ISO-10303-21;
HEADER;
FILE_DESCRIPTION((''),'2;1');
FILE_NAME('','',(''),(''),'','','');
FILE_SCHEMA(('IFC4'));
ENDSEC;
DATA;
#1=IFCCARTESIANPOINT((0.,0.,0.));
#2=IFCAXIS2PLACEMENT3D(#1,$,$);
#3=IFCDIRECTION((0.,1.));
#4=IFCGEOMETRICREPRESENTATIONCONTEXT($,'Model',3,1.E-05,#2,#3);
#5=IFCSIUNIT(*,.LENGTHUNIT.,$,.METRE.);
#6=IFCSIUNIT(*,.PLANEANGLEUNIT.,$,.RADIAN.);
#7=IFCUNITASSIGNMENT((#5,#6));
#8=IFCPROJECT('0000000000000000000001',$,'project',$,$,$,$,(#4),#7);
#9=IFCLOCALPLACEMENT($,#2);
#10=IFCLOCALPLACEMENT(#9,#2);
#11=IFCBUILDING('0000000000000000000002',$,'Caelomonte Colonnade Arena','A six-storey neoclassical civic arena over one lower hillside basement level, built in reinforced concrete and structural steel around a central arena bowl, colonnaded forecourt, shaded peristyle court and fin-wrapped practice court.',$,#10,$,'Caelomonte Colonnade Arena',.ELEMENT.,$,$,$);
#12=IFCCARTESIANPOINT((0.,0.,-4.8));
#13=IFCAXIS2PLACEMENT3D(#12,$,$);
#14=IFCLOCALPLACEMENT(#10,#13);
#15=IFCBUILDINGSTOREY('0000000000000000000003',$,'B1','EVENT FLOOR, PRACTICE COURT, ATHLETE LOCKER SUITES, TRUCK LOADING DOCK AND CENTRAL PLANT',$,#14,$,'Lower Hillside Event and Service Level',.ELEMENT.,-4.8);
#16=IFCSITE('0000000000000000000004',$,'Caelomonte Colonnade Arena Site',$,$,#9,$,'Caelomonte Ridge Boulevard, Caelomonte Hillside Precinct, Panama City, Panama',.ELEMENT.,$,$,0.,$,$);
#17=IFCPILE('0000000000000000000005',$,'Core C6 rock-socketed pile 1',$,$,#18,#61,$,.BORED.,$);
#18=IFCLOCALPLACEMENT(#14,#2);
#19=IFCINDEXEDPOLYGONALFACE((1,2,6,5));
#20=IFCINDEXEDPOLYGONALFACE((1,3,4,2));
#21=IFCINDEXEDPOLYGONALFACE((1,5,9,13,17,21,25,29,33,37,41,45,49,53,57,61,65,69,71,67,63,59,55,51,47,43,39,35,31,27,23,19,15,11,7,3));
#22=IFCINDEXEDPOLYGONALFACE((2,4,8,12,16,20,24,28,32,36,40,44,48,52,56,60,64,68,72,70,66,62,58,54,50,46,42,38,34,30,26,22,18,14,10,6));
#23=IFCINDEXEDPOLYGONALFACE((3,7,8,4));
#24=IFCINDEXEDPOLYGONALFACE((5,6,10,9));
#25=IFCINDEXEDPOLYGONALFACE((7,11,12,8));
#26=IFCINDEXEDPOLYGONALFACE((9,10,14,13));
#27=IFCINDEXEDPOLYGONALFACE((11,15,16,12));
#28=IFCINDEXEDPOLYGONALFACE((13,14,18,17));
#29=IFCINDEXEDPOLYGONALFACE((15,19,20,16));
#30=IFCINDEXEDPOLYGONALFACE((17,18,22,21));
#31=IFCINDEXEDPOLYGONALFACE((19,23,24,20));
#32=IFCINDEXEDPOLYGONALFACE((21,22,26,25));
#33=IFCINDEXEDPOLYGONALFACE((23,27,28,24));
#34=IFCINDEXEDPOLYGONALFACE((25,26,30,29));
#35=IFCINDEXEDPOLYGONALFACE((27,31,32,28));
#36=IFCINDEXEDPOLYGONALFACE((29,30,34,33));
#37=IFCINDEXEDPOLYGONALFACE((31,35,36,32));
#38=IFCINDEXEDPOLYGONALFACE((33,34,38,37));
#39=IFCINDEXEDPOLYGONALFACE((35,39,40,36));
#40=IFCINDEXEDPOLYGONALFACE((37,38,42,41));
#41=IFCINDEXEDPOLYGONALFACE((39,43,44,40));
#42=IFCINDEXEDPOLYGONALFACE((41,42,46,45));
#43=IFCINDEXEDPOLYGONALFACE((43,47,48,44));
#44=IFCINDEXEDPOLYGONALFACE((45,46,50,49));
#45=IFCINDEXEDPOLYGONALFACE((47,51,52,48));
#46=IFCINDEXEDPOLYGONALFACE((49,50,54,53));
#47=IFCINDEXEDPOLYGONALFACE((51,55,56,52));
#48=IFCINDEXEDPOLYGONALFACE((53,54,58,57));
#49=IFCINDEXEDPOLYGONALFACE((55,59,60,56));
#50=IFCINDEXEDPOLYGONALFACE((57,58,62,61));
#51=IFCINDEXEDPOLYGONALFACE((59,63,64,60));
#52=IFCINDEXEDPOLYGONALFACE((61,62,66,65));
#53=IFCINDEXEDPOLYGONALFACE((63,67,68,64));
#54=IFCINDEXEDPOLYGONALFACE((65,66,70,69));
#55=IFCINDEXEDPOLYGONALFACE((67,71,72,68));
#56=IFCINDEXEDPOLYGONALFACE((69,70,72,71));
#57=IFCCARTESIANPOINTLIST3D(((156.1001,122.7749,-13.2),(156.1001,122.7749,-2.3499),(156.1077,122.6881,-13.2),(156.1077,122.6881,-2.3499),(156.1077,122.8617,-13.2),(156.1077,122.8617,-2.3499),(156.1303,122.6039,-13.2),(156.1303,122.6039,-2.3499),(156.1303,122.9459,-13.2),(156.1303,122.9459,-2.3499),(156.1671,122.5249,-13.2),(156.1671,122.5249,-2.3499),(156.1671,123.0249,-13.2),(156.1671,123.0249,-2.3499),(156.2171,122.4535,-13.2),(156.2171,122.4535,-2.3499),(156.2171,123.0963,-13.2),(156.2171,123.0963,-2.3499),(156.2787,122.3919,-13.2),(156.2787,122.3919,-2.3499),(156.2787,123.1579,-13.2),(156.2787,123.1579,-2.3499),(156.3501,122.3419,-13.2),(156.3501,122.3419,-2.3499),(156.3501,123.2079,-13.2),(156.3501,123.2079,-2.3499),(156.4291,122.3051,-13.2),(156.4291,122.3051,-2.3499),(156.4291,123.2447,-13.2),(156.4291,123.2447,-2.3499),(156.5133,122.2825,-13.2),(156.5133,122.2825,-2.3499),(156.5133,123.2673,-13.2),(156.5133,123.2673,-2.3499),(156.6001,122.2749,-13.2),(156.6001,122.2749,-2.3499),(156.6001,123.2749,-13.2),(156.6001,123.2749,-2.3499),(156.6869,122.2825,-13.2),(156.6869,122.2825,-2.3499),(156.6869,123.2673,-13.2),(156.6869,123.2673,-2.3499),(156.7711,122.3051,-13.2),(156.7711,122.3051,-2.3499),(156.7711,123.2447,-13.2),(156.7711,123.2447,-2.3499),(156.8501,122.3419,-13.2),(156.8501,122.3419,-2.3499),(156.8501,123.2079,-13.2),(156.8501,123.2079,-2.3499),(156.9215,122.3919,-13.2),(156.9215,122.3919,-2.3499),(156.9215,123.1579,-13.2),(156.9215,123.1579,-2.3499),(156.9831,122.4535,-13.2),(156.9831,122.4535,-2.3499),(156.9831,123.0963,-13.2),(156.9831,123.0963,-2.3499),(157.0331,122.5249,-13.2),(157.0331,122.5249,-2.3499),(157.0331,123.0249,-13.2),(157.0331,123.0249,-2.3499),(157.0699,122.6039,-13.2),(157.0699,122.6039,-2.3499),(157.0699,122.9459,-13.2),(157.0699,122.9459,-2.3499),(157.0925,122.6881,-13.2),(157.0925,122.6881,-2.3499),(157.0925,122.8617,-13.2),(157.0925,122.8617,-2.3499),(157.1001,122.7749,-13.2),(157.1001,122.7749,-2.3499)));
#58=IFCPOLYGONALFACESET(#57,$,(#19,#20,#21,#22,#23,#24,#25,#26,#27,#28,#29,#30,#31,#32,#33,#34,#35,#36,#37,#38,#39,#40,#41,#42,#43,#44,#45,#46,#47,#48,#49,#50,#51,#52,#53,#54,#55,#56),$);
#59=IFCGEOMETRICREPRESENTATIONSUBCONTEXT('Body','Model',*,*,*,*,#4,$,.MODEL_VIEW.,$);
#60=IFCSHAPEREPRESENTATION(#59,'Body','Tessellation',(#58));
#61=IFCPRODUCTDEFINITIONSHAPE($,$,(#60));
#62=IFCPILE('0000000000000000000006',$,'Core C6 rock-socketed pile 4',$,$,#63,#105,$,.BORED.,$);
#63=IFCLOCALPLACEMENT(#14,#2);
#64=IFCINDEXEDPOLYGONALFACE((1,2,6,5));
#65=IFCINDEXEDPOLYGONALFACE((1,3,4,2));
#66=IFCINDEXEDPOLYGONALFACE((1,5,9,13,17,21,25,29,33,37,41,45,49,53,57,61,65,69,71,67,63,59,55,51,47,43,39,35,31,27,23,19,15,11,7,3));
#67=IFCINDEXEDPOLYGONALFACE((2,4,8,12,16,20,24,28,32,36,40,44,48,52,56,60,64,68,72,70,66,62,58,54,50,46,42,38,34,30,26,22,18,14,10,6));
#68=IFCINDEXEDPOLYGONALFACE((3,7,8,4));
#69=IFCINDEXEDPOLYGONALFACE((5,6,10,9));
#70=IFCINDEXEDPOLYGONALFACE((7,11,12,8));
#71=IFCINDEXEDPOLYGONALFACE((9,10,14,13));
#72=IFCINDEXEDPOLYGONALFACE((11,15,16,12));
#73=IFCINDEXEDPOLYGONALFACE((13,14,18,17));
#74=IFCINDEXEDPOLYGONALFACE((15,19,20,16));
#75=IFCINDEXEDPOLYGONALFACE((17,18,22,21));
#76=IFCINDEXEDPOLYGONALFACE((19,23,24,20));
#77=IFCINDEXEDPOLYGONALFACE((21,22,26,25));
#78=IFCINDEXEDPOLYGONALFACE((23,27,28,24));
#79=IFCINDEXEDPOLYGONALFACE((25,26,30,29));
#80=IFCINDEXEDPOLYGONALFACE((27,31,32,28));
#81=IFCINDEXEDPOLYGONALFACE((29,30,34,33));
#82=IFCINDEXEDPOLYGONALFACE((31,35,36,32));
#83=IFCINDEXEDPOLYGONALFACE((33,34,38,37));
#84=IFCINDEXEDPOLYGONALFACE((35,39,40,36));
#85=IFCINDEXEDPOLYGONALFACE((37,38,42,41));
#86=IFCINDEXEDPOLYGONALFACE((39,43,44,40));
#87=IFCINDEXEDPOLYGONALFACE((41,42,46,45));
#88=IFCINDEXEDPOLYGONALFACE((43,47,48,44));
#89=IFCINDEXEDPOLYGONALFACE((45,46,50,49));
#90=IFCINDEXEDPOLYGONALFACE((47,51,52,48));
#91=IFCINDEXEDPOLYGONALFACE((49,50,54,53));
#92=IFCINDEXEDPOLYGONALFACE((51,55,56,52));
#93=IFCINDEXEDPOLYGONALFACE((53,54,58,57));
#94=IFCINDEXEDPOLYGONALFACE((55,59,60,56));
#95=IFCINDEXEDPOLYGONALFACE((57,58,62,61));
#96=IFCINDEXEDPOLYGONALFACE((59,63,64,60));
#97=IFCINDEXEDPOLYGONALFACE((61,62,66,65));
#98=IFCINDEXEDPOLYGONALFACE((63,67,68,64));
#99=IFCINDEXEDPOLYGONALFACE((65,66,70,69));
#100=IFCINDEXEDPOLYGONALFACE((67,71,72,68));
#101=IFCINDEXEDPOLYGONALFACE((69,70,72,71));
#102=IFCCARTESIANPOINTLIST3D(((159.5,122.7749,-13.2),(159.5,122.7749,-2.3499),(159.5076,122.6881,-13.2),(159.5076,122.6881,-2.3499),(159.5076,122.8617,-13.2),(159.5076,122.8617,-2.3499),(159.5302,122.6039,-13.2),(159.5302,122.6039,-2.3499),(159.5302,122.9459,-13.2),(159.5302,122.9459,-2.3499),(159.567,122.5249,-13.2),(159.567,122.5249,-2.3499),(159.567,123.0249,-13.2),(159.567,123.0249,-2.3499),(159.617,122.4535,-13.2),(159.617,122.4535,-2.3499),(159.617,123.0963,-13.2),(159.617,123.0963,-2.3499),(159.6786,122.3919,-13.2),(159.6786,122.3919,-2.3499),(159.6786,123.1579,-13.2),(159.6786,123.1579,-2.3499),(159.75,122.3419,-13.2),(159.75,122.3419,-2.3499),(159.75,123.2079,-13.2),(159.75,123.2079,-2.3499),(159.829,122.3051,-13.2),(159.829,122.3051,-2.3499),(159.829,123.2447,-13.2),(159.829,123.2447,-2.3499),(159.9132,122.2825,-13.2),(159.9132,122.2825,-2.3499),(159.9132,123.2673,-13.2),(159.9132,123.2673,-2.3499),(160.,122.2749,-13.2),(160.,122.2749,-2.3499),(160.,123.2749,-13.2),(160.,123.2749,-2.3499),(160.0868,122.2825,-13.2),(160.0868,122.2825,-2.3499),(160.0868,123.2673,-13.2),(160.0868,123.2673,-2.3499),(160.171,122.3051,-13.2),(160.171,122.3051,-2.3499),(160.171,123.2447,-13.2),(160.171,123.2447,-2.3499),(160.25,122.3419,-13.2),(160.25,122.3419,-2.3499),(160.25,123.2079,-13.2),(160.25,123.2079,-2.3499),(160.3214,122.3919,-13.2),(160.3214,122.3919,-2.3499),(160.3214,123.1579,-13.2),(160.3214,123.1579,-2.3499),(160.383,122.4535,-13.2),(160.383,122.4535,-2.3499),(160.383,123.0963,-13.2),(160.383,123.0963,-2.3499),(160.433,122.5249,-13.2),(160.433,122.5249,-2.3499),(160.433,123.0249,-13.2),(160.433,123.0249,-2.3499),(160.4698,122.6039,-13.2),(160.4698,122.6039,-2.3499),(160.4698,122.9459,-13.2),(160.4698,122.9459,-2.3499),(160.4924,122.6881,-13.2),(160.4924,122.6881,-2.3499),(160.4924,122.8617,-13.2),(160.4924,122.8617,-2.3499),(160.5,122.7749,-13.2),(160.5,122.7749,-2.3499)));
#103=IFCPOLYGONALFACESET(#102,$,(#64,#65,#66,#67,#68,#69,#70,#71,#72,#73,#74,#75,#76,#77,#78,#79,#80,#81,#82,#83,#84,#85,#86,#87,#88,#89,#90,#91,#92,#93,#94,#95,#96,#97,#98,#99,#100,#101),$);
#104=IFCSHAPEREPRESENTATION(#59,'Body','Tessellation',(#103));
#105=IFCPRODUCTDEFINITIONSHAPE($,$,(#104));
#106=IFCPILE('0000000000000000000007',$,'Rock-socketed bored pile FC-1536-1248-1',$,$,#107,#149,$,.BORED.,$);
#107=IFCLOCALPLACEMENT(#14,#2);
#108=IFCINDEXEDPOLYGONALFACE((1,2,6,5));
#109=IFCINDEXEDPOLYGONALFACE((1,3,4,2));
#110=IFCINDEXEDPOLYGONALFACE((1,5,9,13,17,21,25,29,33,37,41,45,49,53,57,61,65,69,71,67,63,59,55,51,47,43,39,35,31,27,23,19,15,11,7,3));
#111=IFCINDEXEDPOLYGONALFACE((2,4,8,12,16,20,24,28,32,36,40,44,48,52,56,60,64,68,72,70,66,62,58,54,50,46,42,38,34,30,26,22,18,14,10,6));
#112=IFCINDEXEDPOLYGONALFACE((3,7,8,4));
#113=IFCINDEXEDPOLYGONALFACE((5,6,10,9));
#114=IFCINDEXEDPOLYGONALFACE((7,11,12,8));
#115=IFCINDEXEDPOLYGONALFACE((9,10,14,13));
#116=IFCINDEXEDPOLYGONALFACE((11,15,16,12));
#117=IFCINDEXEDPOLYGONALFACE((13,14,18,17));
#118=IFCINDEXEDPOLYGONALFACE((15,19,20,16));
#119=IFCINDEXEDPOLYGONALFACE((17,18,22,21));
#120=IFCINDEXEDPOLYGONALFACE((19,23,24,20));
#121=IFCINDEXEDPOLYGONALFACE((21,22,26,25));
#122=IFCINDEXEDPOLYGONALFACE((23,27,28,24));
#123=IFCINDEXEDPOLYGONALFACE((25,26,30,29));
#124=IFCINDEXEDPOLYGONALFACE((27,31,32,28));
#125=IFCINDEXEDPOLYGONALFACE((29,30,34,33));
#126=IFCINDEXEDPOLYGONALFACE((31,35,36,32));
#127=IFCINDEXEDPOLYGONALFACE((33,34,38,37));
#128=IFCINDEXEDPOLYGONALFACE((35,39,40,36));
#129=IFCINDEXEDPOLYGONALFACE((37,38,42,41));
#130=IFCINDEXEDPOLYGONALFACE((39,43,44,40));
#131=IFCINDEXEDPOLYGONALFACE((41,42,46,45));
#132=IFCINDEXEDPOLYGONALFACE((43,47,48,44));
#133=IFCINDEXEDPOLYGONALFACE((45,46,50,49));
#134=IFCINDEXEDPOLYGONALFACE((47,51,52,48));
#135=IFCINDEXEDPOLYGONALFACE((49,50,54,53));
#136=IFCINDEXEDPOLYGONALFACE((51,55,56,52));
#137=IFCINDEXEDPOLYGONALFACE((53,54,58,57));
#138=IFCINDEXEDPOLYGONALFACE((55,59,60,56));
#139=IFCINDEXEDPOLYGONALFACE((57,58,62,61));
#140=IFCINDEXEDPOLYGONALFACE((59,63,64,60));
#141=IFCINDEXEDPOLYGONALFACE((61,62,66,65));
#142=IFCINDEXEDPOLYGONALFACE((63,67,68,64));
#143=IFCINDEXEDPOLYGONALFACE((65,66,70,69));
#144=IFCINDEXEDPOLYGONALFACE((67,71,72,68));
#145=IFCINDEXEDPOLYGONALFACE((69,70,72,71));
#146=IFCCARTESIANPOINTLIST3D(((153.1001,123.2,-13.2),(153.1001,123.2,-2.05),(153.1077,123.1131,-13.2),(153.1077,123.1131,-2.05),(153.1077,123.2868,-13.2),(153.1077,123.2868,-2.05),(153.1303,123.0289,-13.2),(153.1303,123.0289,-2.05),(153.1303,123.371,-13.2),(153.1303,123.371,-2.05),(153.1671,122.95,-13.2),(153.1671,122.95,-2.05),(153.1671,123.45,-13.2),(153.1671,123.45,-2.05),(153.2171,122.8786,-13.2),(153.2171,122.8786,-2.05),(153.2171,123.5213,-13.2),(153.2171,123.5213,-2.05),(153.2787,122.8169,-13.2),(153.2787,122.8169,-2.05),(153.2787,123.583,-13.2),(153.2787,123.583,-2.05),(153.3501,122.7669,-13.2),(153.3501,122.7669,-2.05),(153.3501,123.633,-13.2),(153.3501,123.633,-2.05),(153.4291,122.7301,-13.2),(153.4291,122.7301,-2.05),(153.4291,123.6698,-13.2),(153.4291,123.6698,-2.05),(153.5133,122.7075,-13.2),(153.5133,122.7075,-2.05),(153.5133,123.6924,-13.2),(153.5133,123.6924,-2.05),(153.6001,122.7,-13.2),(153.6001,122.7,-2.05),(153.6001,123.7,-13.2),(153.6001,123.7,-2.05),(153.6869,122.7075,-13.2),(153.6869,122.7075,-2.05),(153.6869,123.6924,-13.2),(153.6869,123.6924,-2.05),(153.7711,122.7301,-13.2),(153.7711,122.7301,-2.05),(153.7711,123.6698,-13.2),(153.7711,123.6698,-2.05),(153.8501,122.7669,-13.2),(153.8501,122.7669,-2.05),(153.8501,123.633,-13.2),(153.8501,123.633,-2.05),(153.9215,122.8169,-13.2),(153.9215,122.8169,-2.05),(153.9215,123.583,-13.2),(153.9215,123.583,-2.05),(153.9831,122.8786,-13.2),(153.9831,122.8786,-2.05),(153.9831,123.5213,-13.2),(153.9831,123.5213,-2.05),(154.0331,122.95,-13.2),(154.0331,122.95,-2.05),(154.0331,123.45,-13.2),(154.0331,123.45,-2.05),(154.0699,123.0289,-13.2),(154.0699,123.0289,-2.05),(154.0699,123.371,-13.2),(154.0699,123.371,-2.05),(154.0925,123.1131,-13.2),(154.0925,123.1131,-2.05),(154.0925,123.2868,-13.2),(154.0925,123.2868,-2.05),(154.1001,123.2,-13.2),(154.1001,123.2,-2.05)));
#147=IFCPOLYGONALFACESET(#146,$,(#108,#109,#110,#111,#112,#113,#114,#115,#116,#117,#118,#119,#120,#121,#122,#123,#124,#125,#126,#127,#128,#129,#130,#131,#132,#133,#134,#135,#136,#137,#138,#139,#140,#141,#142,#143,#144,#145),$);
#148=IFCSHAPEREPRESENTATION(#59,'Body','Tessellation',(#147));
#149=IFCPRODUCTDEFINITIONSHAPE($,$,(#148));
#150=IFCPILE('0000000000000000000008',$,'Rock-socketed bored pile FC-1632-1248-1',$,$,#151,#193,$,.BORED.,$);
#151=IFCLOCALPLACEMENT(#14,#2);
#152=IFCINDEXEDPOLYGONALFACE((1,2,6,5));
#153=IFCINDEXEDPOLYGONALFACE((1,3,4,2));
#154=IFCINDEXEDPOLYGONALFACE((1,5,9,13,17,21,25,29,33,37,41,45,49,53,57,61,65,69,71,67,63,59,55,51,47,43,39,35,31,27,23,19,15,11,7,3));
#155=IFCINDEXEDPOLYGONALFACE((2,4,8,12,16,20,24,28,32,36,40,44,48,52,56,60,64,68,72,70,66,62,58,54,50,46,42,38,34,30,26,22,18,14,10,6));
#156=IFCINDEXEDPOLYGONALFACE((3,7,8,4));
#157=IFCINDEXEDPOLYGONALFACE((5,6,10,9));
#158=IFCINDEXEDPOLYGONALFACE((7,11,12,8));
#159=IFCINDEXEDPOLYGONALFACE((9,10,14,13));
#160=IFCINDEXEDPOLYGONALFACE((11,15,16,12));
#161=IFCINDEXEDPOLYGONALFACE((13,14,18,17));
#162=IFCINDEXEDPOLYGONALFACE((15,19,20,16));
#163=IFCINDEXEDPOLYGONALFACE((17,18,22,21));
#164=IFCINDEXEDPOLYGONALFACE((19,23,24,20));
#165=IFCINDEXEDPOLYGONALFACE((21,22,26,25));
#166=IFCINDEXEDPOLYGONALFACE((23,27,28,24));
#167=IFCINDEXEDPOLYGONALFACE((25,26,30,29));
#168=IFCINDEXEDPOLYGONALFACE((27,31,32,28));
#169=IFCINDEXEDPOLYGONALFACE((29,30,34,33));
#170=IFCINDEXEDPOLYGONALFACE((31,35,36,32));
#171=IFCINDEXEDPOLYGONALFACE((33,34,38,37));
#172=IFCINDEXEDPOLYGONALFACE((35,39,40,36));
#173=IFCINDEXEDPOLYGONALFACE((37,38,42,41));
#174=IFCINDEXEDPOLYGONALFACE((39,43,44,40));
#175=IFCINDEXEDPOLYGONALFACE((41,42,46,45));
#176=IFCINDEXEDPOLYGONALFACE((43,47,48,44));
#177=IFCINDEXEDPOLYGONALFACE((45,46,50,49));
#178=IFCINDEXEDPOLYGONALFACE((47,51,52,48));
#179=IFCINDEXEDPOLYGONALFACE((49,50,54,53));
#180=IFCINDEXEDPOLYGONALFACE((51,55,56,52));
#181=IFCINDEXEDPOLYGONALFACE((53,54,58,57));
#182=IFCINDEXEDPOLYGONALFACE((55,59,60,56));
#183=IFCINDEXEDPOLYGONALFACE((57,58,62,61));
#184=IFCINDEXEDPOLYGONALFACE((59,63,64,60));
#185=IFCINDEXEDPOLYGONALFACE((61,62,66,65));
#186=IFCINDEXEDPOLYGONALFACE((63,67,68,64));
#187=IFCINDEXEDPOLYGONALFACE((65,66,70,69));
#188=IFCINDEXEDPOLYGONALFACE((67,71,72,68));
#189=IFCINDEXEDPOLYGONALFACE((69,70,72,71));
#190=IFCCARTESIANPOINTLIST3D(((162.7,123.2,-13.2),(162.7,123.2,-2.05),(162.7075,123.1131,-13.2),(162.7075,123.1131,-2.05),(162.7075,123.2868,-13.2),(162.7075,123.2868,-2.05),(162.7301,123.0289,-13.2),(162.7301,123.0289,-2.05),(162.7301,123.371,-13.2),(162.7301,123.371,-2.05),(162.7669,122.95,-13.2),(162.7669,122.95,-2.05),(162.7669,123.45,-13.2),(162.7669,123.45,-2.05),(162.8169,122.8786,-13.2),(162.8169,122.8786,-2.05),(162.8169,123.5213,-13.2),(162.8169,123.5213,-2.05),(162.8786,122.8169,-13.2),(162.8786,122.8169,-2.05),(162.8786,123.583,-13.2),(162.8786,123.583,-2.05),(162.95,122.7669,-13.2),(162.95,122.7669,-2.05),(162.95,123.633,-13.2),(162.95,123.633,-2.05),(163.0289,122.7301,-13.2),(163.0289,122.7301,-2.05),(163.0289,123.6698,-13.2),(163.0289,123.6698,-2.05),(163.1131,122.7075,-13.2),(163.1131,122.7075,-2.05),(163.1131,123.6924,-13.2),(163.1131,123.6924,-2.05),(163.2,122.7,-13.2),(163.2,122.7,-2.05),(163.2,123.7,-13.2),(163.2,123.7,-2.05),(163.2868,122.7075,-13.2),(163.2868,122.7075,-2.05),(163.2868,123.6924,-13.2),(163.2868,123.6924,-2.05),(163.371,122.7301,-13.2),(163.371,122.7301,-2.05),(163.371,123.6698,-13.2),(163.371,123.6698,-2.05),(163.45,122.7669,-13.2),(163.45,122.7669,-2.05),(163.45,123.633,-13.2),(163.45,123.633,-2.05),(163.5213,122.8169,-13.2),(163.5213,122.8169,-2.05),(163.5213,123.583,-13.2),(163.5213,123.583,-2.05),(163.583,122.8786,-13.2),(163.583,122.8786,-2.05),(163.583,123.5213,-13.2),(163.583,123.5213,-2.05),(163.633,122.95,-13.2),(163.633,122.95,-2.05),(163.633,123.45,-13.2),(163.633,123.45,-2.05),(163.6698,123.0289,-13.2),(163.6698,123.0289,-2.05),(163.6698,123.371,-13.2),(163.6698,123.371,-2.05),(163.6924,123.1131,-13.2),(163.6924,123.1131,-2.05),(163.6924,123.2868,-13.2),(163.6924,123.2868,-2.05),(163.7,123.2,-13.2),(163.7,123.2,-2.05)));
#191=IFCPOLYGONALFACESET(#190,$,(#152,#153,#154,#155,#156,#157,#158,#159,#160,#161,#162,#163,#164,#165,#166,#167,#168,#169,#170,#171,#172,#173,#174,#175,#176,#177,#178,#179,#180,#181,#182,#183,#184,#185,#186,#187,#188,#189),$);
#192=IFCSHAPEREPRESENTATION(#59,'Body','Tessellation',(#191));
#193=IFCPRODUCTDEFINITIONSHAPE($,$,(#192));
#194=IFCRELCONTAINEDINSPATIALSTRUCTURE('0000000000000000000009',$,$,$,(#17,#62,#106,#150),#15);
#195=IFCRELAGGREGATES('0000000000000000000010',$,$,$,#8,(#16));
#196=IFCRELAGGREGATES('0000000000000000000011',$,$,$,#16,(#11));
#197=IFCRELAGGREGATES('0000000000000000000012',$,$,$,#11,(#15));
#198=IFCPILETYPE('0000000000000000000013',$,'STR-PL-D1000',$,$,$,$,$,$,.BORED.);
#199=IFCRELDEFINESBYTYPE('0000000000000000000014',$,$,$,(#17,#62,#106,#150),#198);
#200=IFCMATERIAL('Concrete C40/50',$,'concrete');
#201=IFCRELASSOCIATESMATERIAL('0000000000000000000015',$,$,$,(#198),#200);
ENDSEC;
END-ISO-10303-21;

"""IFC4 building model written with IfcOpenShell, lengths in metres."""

from ifc_helpers import new_model, si_unit, direction, frame, origin, origin_2d, place, context, subcontext, project, spatial, circle, extrude, material, material_profile, profile_set, type_object, element, save


model = new_model("IFC4")

# Units and contexts
model_context = context("Model", 3, precision=1e-05, world=origin(), true_north=direction((0.0, 1.0)))
body_context = subcontext(model_context, "Body", "Model", "MODEL_VIEW")
ifc_project = project(units=[si_unit("LENGTHUNIT", "METRE"), si_unit("PLANEANGLEUNIT", "RADIAN")], contexts=[model_context])

# Site, building, storey
site_placement = place(None, origin())
site = spatial("IfcSite", under=ifc_project, at=site_placement, Name="Caelomonte Colonnade Arena Site", LongName="Caelomonte Ridge Boulevard, Caelomonte Hillside Precinct, Panama City, Panama", CompositionType="ELEMENT", RefElevation=0.0)
building_placement = place(site_placement, origin())
building = spatial("IfcBuilding", under=site, at=building_placement, Name="Caelomonte Colonnade Arena", Description="A six-storey neoclassical civic arena over one lower hillside basement level, built in reinforced concrete and structural steel around a central arena bowl, colonnaded forecourt, shaded peristyle court and fin-wrapped practice court.", LongName="Caelomonte Colonnade Arena", CompositionType="ELEMENT")
storey_placement = place(building_placement, frame((0.0, 0.0, -4.8)))
storey = spatial("IfcBuildingStorey", under=building, at=storey_placement, Name="B1", Description="EVENT FLOOR, PRACTICE COURT, ATHLETE LOCKER SUITES, TRUCK LOADING DOCK AND CENTRAL PLANT", LongName="Lower Hillside Event and Service Level", CompositionType="ELEMENT", Elevation=-4.8)

# Piles
ifc_material_1 = material(Name="Concrete C40/50", Category="concrete")
ifc_material_profile = material_profile(ifc_material_1, circle(Radius=0.5, at=origin_2d()), Name="PILE-D1000")
ifc_profile_set = profile_set([ifc_material_profile], Name="Concrete C40/50")
pile_type = type_object("IfcPileType", Name="STR-PL-D1000", PredefinedType="BORED", material=ifc_profile_set)
for number, where, z_axis, x_axis, name in (
    (1, (156.6001, 122.7749, -2.3499), (0.0, 0.0, -1.0), (1.0, 0.0, 0.0), "Core C6 rock-socketed pile 1"),
    (2, (160.0, 122.7749, -2.3499), (0.0, 0.0, -1.0), (1.0, 0.0, 0.0), "Core C6 rock-socketed pile 4"),
):
    element("IfcPile", number, at=place(storey_placement, frame(where, z_axis=z_axis, x_axis=x_axis)), inside=storey, type_object=pile_type, Name=name, PredefinedType="BORED", context=body_context, shape_type="SweptSolid", body=[
        extrude(circle(Radius=0.5, at=origin_2d()), origin(), (0.0, 0.0, 1.0), 10.8501),
    ])
for number, where, z_axis, x_axis, name in (
    (3, (153.6001, 123.2, -2.05), (0.0, 0.0, -1.0), (1.0, 0.0, 0.0), "Rock-socketed bored pile FC-1536-1248-1"),
    (4, (163.2, 123.2, -2.05), (0.0, 0.0, -1.0), (1.0, 0.0, 0.0), "Rock-socketed bored pile FC-1632-1248-1"),
):
    element("IfcPile", number, at=place(storey_placement, frame(where, z_axis=z_axis, x_axis=x_axis)), inside=storey, type_object=pile_type, Name=name, PredefinedType="BORED", context=body_context, shape_type="SweptSolid", body=[
        extrude(circle(Radius=0.5, at=origin_2d()), origin(), (0.0, 0.0, 1.0), 11.1499),
    ])

save(model, "model.ifc")
